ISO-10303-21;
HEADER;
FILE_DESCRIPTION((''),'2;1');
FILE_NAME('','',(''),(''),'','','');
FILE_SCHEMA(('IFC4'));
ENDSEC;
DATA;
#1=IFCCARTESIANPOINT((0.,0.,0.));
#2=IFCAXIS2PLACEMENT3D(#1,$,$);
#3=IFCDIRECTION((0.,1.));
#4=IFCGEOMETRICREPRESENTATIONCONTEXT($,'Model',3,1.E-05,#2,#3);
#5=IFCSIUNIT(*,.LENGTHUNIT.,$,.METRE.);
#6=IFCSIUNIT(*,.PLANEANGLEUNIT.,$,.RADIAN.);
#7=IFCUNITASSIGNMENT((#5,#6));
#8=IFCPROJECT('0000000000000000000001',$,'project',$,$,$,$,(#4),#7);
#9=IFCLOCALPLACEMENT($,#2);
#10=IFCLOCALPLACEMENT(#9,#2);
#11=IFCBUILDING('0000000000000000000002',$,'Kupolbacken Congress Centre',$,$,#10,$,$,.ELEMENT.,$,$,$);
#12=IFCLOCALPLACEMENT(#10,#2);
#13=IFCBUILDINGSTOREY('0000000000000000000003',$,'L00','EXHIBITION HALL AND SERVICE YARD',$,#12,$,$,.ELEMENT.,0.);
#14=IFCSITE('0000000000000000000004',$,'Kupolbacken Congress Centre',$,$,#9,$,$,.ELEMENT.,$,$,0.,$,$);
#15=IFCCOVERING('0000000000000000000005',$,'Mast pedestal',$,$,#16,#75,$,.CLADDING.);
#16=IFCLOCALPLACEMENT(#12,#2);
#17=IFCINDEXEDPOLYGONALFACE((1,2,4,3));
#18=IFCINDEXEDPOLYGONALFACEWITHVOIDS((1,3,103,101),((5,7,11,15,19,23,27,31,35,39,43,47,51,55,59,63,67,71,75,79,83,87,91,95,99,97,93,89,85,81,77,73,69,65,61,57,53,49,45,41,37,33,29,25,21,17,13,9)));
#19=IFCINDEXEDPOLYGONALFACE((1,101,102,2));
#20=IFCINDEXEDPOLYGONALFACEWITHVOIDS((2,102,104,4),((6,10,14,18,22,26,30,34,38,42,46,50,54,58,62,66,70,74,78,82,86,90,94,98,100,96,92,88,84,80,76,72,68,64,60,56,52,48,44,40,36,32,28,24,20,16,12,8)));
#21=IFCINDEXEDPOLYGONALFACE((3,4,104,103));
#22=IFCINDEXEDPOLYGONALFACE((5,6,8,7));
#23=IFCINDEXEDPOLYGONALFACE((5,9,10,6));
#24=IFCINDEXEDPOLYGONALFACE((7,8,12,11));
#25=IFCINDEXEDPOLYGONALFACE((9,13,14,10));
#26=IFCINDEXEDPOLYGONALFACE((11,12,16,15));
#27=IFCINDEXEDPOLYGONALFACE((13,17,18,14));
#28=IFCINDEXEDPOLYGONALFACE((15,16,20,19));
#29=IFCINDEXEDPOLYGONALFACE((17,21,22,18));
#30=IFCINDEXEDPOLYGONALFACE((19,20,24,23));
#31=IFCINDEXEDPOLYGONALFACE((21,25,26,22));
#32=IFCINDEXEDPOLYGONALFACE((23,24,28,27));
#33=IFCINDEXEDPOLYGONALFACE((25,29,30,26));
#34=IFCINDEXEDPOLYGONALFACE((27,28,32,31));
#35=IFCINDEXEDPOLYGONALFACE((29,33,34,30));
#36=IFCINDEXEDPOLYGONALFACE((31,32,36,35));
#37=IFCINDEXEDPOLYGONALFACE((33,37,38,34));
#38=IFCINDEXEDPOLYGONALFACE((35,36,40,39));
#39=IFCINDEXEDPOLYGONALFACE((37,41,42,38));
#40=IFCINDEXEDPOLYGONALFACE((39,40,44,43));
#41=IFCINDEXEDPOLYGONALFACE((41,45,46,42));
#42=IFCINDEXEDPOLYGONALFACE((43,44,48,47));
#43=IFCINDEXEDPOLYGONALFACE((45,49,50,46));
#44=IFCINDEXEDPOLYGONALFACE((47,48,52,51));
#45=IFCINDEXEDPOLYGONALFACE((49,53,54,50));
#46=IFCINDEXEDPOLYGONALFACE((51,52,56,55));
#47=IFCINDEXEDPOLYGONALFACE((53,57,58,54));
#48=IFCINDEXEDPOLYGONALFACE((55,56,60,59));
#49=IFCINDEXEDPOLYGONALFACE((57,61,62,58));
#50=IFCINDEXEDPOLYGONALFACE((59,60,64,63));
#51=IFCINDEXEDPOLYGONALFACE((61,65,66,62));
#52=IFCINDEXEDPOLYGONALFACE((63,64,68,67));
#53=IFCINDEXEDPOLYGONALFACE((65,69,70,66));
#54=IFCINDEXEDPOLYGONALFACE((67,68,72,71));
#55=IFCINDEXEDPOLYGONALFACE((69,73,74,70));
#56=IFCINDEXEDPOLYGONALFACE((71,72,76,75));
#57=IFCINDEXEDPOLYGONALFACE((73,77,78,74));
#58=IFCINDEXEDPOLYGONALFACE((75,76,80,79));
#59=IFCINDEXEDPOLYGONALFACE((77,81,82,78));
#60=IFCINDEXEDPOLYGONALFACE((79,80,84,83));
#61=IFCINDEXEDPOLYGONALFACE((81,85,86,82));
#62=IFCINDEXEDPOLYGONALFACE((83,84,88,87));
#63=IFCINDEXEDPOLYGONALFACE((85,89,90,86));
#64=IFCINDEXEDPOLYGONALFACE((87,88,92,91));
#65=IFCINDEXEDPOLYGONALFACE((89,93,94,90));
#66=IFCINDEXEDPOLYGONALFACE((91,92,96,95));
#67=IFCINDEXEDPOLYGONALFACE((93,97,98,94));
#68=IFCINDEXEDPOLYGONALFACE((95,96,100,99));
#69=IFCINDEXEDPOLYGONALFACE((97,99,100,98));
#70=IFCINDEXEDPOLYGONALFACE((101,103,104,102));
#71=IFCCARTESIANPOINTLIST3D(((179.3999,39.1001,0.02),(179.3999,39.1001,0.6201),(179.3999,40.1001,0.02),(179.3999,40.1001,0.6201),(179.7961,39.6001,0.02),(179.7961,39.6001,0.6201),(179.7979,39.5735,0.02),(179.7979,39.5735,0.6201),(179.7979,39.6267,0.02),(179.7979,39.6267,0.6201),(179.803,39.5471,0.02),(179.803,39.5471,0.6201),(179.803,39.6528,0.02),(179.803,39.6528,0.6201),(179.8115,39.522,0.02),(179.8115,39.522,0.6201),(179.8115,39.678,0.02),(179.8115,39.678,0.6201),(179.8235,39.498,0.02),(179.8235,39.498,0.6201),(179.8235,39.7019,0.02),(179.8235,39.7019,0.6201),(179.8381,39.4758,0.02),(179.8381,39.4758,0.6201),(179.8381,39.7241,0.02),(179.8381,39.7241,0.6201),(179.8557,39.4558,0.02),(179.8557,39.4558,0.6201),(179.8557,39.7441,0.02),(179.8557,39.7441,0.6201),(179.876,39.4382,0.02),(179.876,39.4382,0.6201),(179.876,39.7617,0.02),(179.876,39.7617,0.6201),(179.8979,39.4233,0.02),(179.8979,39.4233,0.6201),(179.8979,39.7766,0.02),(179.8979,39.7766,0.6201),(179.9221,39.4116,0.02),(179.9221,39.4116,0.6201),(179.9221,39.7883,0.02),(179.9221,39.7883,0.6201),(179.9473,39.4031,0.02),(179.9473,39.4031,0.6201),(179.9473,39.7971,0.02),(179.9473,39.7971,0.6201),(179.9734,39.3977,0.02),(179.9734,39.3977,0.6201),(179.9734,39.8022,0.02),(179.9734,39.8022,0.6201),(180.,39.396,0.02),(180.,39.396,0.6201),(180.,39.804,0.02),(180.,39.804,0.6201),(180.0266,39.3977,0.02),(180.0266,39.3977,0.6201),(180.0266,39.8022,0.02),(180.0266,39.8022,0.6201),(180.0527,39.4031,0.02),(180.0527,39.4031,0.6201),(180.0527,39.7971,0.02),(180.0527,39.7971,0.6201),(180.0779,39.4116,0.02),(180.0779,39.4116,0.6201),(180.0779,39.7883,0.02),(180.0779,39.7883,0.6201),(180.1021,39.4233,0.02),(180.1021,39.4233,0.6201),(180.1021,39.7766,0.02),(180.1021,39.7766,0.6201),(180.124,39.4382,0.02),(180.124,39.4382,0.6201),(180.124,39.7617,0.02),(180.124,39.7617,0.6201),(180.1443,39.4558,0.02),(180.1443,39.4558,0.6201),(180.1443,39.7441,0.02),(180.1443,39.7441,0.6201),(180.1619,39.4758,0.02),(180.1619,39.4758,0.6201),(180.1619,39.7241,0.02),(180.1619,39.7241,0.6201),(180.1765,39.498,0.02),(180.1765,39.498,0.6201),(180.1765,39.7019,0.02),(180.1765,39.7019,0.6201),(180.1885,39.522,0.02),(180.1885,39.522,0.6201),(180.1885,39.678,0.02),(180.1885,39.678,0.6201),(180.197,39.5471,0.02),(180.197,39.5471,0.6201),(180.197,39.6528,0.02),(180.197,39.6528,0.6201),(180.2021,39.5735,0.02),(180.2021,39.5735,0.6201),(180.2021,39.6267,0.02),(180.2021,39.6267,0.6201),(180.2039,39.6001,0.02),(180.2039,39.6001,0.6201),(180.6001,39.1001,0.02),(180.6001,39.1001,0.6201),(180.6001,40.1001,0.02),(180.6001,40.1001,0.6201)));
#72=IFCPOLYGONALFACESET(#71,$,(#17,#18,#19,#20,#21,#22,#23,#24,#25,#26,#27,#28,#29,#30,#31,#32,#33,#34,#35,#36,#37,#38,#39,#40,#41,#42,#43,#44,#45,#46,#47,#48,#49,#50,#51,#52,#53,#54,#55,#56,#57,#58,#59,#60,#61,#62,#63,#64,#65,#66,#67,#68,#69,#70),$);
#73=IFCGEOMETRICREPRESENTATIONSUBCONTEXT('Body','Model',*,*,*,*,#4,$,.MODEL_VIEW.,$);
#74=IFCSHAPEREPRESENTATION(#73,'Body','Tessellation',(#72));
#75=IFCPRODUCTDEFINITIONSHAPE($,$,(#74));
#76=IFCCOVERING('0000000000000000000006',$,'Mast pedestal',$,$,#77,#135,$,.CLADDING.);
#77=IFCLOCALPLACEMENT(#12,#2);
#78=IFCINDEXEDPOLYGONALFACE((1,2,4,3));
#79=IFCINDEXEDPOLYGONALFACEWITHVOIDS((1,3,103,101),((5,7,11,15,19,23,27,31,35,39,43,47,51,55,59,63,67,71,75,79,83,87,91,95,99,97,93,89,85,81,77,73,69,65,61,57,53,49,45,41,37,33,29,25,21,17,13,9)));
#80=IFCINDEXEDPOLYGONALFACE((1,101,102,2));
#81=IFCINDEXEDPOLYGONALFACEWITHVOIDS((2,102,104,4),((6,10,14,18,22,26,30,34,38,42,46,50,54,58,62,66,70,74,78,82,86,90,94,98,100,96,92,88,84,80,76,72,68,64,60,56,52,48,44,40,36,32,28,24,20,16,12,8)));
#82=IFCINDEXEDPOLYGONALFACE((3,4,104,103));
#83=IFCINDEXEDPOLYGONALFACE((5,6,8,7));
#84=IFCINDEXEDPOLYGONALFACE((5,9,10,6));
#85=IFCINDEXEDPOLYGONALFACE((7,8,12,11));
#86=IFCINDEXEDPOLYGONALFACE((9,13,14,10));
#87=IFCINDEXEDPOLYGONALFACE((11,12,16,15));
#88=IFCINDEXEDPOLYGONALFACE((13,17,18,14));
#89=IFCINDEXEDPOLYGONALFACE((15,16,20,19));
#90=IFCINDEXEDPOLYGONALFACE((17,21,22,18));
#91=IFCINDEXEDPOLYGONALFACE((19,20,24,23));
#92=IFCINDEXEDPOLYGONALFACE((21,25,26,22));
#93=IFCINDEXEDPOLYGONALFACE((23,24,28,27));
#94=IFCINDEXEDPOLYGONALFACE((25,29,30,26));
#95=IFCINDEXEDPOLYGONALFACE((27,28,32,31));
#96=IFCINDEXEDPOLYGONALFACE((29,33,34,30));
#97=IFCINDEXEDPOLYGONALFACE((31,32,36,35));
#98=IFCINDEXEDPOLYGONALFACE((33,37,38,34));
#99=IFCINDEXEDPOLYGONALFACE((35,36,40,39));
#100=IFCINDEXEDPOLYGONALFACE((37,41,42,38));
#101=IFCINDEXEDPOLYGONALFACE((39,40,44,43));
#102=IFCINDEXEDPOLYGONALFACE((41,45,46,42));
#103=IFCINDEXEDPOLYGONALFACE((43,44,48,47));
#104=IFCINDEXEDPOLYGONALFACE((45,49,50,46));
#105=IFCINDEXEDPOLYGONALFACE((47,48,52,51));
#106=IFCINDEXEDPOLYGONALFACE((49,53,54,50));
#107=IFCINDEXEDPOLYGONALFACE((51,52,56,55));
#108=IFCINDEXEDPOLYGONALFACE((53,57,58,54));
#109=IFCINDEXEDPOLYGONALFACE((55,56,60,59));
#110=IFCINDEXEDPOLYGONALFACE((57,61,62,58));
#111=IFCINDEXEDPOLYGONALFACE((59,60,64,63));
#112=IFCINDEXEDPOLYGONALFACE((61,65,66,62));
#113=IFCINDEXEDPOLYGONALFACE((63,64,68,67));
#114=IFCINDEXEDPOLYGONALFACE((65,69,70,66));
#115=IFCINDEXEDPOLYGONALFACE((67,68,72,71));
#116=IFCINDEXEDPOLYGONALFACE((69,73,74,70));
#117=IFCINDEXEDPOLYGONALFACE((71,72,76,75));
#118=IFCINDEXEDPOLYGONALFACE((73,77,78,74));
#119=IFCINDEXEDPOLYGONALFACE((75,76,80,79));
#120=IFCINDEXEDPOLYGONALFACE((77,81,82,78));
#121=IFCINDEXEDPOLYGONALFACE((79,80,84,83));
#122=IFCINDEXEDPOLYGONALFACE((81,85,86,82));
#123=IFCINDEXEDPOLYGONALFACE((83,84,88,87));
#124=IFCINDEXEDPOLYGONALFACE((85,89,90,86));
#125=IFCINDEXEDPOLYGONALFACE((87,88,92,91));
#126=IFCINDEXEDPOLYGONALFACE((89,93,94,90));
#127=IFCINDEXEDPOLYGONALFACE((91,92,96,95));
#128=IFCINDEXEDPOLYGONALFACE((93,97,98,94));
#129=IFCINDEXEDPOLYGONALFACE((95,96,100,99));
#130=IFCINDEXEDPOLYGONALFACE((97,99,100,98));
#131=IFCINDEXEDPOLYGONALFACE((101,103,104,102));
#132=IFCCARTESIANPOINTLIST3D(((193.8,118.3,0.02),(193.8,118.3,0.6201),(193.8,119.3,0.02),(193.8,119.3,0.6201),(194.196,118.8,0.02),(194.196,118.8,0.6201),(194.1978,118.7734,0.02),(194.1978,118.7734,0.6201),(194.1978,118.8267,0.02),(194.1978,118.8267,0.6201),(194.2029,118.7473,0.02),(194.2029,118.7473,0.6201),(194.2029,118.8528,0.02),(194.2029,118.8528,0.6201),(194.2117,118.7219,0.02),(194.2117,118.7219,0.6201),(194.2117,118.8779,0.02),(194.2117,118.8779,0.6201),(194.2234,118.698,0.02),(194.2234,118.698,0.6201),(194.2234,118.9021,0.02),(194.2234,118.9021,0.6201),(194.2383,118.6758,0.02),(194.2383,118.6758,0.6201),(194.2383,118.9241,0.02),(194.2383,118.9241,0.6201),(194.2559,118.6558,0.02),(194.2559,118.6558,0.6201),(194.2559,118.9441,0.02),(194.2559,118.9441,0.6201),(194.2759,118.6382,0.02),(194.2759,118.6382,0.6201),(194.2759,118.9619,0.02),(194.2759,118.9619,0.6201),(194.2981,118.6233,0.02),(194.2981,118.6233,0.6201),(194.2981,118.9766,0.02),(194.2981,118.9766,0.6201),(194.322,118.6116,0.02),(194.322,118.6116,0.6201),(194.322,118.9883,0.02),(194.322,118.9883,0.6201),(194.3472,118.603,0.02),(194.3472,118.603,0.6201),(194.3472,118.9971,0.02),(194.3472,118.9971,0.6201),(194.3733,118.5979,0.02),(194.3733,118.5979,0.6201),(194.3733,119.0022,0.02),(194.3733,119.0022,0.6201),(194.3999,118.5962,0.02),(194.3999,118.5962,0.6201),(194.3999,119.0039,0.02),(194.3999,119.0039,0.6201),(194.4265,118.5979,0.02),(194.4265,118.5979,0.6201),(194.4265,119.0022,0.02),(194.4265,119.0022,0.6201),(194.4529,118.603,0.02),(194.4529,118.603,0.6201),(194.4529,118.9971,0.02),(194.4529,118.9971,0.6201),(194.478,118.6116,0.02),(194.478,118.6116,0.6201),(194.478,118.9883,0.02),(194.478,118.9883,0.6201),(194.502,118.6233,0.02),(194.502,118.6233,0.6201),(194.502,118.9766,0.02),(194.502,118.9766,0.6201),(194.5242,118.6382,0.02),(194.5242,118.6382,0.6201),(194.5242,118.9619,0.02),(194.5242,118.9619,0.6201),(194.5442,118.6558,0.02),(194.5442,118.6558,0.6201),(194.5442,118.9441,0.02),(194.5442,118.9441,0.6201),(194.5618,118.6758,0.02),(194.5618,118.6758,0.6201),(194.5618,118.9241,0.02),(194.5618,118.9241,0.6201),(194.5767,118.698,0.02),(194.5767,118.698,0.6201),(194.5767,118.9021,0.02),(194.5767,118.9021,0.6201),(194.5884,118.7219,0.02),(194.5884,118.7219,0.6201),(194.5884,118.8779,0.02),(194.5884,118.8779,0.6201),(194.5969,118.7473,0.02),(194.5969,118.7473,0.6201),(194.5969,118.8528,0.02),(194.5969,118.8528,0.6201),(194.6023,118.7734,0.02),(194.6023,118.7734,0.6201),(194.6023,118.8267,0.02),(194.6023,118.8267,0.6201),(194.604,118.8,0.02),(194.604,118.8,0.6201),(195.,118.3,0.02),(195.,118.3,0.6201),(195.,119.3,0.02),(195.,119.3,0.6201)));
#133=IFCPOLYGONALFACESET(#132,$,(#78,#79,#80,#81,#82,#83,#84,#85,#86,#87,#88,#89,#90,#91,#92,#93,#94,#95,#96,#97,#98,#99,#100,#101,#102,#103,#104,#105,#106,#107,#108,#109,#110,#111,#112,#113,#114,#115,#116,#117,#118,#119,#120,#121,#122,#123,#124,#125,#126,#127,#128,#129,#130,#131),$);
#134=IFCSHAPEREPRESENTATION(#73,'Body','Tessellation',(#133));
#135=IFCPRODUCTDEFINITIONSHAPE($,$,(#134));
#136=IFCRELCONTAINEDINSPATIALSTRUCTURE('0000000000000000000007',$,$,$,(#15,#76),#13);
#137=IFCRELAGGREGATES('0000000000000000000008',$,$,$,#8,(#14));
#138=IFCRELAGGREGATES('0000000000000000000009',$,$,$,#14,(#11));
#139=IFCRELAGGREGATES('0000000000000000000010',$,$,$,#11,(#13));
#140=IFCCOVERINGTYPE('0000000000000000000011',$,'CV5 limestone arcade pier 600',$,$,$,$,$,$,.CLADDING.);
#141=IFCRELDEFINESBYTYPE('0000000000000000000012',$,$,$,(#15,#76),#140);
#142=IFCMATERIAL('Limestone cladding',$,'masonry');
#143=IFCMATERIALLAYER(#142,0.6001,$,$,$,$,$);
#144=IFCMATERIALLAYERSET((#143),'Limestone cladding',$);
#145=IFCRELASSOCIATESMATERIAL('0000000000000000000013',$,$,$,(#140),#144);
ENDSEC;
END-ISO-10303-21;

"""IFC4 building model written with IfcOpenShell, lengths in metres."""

from ifc_helpers import new_model, si_unit, direction, frame, origin, place, context, subcontext, project, spatial, polyline, outline, extrude, material, layer, layer_set, type_object, element, save


model = new_model("IFC4")

# Units and contexts
model_context = context("Model", 3, precision=1e-05, world=origin(), true_north=direction((0.0, 1.0)))
body_context = subcontext(model_context, "Body", "Model", "MODEL_VIEW")
ifc_project = project(units=[si_unit("LENGTHUNIT", "METRE"), si_unit("PLANEANGLEUNIT", "RADIAN")], contexts=[model_context])

# Site, building, storey
site_placement = place(None, origin())
site = spatial("IfcSite", under=ifc_project, at=site_placement, Name="Kupolbacken Congress Centre", CompositionType="ELEMENT", RefElevation=0.0)
building_placement = place(site_placement, origin())
building = spatial("IfcBuilding", under=site, at=building_placement, Name="Kupolbacken Congress Centre", CompositionType="ELEMENT")
storey_placement = place(building_placement, origin())
storey = spatial("IfcBuildingStorey", under=building, at=storey_placement, Name="L00", Description="EXHIBITION HALL AND SERVICE YARD", CompositionType="ELEMENT", Elevation=0.0)

# Coverings
ifc_material_1 = material(Name="Limestone cladding", Category="masonry")
ifc_layer_1 = layer(ifc_material_1, 0.6001)
ifc_layer_set_1 = layer_set([ifc_layer_1], Name="Limestone cladding")
covering_type = type_object("IfcCoveringType", Name="CV5 limestone arcade pier 600", PredefinedType="CLADDING", material=ifc_layer_set_1)
covering_1_placement = place(storey_placement, frame((0.0, 0.0, 0.02)))
element("IfcCovering", 1, at=covering_1_placement, inside=storey, type_object=covering_type, Name="Mast pedestal", PredefinedType="CLADDING", context=body_context, shape_type="SweptSolid", body=[
    extrude(outline(polyline([(179.3999, 39.1001), (179.3999, 40.1001), (180.6001, 40.1001), (180.6001, 39.1001), (179.3999, 39.1001)]), holes=[polyline([(180.2021, 39.6267), (180.197, 39.6528), (180.1885, 39.678), (180.1765, 39.7019), (180.1619, 39.7241), (180.1443, 39.7441), (180.124, 39.7617), (180.1021, 39.7766), (180.0779, 39.7883), (180.0527, 39.7971), (180.0266, 39.8022), (180.0, 39.804), (179.9734, 39.8022), (179.9473, 39.7971), (179.9221, 39.7883), (179.8979, 39.7766), (179.876, 39.7617), (179.8557, 39.7441), (179.8381, 39.7241), (179.8235, 39.7019), (179.8115, 39.678), (179.803, 39.6528), (179.7979, 39.6267), (179.7961, 39.6001), (179.7979, 39.5735), (179.803, 39.5471), (179.8115, 39.522), (179.8235, 39.498), (179.8381, 39.4758), (179.8557, 39.4558), (179.876, 39.4382), (179.8979, 39.4233), (179.9221, 39.4116), (179.9473, 39.4031), (179.9734, 39.3977), (180.0, 39.396), (180.0266, 39.3977), (180.0527, 39.4031), (180.0779, 39.4116), (180.1021, 39.4233), (180.124, 39.4382), (180.1443, 39.4558), (180.1619, 39.4758), (180.1765, 39.498), (180.1885, 39.522), (180.197, 39.5471), (180.2021, 39.5735), (180.2039, 39.6001), (180.2021, 39.6267)])]), origin(), (0.0, 0.0, 1.0), 0.6001),
])
covering_2_placement = place(storey_placement, frame((0.0, 0.0, 0.02)))
element("IfcCovering", 2, at=covering_2_placement, inside=storey, type_object=covering_type, Name="Mast pedestal", PredefinedType="CLADDING", context=body_context, shape_type="SweptSolid", body=[
    extrude(outline(polyline([(193.8, 118.3), (193.8, 119.3), (195.0, 119.3), (195.0, 118.3), (193.8, 118.3)]), holes=[polyline([(194.6023, 118.8267), (194.5969, 118.8528), (194.5884, 118.8779), (194.5767, 118.9021), (194.5618, 118.9241), (194.5442, 118.9441), (194.5242, 118.9619), (194.502, 118.9766), (194.478, 118.9883), (194.4529, 118.9971), (194.4265, 119.0022), (194.3999, 119.0039), (194.3733, 119.0022), (194.3472, 118.9971), (194.322, 118.9883), (194.2981, 118.9766), (194.2759, 118.9619), (194.2559, 118.9441), (194.2383, 118.9241), (194.2234, 118.9021), (194.2117, 118.8779), (194.2029, 118.8528), (194.1978, 118.8267), (194.196, 118.8), (194.1978, 118.7734), (194.2029, 118.7473), (194.2117, 118.7219), (194.2234, 118.698), (194.2383, 118.6758), (194.2559, 118.6558), (194.2759, 118.6382), (194.2981, 118.6233), (194.322, 118.6116), (194.3472, 118.603), (194.3733, 118.5979), (194.3999, 118.5962), (194.4265, 118.5979), (194.4529, 118.603), (194.478, 118.6116), (194.502, 118.6233), (194.5242, 118.6382), (194.5442, 118.6558), (194.5618, 118.6758), (194.5767, 118.698), (194.5884, 118.7219), (194.5969, 118.7473), (194.6023, 118.7734), (194.604, 118.8), (194.6023, 118.8267)])]), origin(), (0.0, 0.0, 1.0), 0.6001),
])

save(model, "model.ifc")
